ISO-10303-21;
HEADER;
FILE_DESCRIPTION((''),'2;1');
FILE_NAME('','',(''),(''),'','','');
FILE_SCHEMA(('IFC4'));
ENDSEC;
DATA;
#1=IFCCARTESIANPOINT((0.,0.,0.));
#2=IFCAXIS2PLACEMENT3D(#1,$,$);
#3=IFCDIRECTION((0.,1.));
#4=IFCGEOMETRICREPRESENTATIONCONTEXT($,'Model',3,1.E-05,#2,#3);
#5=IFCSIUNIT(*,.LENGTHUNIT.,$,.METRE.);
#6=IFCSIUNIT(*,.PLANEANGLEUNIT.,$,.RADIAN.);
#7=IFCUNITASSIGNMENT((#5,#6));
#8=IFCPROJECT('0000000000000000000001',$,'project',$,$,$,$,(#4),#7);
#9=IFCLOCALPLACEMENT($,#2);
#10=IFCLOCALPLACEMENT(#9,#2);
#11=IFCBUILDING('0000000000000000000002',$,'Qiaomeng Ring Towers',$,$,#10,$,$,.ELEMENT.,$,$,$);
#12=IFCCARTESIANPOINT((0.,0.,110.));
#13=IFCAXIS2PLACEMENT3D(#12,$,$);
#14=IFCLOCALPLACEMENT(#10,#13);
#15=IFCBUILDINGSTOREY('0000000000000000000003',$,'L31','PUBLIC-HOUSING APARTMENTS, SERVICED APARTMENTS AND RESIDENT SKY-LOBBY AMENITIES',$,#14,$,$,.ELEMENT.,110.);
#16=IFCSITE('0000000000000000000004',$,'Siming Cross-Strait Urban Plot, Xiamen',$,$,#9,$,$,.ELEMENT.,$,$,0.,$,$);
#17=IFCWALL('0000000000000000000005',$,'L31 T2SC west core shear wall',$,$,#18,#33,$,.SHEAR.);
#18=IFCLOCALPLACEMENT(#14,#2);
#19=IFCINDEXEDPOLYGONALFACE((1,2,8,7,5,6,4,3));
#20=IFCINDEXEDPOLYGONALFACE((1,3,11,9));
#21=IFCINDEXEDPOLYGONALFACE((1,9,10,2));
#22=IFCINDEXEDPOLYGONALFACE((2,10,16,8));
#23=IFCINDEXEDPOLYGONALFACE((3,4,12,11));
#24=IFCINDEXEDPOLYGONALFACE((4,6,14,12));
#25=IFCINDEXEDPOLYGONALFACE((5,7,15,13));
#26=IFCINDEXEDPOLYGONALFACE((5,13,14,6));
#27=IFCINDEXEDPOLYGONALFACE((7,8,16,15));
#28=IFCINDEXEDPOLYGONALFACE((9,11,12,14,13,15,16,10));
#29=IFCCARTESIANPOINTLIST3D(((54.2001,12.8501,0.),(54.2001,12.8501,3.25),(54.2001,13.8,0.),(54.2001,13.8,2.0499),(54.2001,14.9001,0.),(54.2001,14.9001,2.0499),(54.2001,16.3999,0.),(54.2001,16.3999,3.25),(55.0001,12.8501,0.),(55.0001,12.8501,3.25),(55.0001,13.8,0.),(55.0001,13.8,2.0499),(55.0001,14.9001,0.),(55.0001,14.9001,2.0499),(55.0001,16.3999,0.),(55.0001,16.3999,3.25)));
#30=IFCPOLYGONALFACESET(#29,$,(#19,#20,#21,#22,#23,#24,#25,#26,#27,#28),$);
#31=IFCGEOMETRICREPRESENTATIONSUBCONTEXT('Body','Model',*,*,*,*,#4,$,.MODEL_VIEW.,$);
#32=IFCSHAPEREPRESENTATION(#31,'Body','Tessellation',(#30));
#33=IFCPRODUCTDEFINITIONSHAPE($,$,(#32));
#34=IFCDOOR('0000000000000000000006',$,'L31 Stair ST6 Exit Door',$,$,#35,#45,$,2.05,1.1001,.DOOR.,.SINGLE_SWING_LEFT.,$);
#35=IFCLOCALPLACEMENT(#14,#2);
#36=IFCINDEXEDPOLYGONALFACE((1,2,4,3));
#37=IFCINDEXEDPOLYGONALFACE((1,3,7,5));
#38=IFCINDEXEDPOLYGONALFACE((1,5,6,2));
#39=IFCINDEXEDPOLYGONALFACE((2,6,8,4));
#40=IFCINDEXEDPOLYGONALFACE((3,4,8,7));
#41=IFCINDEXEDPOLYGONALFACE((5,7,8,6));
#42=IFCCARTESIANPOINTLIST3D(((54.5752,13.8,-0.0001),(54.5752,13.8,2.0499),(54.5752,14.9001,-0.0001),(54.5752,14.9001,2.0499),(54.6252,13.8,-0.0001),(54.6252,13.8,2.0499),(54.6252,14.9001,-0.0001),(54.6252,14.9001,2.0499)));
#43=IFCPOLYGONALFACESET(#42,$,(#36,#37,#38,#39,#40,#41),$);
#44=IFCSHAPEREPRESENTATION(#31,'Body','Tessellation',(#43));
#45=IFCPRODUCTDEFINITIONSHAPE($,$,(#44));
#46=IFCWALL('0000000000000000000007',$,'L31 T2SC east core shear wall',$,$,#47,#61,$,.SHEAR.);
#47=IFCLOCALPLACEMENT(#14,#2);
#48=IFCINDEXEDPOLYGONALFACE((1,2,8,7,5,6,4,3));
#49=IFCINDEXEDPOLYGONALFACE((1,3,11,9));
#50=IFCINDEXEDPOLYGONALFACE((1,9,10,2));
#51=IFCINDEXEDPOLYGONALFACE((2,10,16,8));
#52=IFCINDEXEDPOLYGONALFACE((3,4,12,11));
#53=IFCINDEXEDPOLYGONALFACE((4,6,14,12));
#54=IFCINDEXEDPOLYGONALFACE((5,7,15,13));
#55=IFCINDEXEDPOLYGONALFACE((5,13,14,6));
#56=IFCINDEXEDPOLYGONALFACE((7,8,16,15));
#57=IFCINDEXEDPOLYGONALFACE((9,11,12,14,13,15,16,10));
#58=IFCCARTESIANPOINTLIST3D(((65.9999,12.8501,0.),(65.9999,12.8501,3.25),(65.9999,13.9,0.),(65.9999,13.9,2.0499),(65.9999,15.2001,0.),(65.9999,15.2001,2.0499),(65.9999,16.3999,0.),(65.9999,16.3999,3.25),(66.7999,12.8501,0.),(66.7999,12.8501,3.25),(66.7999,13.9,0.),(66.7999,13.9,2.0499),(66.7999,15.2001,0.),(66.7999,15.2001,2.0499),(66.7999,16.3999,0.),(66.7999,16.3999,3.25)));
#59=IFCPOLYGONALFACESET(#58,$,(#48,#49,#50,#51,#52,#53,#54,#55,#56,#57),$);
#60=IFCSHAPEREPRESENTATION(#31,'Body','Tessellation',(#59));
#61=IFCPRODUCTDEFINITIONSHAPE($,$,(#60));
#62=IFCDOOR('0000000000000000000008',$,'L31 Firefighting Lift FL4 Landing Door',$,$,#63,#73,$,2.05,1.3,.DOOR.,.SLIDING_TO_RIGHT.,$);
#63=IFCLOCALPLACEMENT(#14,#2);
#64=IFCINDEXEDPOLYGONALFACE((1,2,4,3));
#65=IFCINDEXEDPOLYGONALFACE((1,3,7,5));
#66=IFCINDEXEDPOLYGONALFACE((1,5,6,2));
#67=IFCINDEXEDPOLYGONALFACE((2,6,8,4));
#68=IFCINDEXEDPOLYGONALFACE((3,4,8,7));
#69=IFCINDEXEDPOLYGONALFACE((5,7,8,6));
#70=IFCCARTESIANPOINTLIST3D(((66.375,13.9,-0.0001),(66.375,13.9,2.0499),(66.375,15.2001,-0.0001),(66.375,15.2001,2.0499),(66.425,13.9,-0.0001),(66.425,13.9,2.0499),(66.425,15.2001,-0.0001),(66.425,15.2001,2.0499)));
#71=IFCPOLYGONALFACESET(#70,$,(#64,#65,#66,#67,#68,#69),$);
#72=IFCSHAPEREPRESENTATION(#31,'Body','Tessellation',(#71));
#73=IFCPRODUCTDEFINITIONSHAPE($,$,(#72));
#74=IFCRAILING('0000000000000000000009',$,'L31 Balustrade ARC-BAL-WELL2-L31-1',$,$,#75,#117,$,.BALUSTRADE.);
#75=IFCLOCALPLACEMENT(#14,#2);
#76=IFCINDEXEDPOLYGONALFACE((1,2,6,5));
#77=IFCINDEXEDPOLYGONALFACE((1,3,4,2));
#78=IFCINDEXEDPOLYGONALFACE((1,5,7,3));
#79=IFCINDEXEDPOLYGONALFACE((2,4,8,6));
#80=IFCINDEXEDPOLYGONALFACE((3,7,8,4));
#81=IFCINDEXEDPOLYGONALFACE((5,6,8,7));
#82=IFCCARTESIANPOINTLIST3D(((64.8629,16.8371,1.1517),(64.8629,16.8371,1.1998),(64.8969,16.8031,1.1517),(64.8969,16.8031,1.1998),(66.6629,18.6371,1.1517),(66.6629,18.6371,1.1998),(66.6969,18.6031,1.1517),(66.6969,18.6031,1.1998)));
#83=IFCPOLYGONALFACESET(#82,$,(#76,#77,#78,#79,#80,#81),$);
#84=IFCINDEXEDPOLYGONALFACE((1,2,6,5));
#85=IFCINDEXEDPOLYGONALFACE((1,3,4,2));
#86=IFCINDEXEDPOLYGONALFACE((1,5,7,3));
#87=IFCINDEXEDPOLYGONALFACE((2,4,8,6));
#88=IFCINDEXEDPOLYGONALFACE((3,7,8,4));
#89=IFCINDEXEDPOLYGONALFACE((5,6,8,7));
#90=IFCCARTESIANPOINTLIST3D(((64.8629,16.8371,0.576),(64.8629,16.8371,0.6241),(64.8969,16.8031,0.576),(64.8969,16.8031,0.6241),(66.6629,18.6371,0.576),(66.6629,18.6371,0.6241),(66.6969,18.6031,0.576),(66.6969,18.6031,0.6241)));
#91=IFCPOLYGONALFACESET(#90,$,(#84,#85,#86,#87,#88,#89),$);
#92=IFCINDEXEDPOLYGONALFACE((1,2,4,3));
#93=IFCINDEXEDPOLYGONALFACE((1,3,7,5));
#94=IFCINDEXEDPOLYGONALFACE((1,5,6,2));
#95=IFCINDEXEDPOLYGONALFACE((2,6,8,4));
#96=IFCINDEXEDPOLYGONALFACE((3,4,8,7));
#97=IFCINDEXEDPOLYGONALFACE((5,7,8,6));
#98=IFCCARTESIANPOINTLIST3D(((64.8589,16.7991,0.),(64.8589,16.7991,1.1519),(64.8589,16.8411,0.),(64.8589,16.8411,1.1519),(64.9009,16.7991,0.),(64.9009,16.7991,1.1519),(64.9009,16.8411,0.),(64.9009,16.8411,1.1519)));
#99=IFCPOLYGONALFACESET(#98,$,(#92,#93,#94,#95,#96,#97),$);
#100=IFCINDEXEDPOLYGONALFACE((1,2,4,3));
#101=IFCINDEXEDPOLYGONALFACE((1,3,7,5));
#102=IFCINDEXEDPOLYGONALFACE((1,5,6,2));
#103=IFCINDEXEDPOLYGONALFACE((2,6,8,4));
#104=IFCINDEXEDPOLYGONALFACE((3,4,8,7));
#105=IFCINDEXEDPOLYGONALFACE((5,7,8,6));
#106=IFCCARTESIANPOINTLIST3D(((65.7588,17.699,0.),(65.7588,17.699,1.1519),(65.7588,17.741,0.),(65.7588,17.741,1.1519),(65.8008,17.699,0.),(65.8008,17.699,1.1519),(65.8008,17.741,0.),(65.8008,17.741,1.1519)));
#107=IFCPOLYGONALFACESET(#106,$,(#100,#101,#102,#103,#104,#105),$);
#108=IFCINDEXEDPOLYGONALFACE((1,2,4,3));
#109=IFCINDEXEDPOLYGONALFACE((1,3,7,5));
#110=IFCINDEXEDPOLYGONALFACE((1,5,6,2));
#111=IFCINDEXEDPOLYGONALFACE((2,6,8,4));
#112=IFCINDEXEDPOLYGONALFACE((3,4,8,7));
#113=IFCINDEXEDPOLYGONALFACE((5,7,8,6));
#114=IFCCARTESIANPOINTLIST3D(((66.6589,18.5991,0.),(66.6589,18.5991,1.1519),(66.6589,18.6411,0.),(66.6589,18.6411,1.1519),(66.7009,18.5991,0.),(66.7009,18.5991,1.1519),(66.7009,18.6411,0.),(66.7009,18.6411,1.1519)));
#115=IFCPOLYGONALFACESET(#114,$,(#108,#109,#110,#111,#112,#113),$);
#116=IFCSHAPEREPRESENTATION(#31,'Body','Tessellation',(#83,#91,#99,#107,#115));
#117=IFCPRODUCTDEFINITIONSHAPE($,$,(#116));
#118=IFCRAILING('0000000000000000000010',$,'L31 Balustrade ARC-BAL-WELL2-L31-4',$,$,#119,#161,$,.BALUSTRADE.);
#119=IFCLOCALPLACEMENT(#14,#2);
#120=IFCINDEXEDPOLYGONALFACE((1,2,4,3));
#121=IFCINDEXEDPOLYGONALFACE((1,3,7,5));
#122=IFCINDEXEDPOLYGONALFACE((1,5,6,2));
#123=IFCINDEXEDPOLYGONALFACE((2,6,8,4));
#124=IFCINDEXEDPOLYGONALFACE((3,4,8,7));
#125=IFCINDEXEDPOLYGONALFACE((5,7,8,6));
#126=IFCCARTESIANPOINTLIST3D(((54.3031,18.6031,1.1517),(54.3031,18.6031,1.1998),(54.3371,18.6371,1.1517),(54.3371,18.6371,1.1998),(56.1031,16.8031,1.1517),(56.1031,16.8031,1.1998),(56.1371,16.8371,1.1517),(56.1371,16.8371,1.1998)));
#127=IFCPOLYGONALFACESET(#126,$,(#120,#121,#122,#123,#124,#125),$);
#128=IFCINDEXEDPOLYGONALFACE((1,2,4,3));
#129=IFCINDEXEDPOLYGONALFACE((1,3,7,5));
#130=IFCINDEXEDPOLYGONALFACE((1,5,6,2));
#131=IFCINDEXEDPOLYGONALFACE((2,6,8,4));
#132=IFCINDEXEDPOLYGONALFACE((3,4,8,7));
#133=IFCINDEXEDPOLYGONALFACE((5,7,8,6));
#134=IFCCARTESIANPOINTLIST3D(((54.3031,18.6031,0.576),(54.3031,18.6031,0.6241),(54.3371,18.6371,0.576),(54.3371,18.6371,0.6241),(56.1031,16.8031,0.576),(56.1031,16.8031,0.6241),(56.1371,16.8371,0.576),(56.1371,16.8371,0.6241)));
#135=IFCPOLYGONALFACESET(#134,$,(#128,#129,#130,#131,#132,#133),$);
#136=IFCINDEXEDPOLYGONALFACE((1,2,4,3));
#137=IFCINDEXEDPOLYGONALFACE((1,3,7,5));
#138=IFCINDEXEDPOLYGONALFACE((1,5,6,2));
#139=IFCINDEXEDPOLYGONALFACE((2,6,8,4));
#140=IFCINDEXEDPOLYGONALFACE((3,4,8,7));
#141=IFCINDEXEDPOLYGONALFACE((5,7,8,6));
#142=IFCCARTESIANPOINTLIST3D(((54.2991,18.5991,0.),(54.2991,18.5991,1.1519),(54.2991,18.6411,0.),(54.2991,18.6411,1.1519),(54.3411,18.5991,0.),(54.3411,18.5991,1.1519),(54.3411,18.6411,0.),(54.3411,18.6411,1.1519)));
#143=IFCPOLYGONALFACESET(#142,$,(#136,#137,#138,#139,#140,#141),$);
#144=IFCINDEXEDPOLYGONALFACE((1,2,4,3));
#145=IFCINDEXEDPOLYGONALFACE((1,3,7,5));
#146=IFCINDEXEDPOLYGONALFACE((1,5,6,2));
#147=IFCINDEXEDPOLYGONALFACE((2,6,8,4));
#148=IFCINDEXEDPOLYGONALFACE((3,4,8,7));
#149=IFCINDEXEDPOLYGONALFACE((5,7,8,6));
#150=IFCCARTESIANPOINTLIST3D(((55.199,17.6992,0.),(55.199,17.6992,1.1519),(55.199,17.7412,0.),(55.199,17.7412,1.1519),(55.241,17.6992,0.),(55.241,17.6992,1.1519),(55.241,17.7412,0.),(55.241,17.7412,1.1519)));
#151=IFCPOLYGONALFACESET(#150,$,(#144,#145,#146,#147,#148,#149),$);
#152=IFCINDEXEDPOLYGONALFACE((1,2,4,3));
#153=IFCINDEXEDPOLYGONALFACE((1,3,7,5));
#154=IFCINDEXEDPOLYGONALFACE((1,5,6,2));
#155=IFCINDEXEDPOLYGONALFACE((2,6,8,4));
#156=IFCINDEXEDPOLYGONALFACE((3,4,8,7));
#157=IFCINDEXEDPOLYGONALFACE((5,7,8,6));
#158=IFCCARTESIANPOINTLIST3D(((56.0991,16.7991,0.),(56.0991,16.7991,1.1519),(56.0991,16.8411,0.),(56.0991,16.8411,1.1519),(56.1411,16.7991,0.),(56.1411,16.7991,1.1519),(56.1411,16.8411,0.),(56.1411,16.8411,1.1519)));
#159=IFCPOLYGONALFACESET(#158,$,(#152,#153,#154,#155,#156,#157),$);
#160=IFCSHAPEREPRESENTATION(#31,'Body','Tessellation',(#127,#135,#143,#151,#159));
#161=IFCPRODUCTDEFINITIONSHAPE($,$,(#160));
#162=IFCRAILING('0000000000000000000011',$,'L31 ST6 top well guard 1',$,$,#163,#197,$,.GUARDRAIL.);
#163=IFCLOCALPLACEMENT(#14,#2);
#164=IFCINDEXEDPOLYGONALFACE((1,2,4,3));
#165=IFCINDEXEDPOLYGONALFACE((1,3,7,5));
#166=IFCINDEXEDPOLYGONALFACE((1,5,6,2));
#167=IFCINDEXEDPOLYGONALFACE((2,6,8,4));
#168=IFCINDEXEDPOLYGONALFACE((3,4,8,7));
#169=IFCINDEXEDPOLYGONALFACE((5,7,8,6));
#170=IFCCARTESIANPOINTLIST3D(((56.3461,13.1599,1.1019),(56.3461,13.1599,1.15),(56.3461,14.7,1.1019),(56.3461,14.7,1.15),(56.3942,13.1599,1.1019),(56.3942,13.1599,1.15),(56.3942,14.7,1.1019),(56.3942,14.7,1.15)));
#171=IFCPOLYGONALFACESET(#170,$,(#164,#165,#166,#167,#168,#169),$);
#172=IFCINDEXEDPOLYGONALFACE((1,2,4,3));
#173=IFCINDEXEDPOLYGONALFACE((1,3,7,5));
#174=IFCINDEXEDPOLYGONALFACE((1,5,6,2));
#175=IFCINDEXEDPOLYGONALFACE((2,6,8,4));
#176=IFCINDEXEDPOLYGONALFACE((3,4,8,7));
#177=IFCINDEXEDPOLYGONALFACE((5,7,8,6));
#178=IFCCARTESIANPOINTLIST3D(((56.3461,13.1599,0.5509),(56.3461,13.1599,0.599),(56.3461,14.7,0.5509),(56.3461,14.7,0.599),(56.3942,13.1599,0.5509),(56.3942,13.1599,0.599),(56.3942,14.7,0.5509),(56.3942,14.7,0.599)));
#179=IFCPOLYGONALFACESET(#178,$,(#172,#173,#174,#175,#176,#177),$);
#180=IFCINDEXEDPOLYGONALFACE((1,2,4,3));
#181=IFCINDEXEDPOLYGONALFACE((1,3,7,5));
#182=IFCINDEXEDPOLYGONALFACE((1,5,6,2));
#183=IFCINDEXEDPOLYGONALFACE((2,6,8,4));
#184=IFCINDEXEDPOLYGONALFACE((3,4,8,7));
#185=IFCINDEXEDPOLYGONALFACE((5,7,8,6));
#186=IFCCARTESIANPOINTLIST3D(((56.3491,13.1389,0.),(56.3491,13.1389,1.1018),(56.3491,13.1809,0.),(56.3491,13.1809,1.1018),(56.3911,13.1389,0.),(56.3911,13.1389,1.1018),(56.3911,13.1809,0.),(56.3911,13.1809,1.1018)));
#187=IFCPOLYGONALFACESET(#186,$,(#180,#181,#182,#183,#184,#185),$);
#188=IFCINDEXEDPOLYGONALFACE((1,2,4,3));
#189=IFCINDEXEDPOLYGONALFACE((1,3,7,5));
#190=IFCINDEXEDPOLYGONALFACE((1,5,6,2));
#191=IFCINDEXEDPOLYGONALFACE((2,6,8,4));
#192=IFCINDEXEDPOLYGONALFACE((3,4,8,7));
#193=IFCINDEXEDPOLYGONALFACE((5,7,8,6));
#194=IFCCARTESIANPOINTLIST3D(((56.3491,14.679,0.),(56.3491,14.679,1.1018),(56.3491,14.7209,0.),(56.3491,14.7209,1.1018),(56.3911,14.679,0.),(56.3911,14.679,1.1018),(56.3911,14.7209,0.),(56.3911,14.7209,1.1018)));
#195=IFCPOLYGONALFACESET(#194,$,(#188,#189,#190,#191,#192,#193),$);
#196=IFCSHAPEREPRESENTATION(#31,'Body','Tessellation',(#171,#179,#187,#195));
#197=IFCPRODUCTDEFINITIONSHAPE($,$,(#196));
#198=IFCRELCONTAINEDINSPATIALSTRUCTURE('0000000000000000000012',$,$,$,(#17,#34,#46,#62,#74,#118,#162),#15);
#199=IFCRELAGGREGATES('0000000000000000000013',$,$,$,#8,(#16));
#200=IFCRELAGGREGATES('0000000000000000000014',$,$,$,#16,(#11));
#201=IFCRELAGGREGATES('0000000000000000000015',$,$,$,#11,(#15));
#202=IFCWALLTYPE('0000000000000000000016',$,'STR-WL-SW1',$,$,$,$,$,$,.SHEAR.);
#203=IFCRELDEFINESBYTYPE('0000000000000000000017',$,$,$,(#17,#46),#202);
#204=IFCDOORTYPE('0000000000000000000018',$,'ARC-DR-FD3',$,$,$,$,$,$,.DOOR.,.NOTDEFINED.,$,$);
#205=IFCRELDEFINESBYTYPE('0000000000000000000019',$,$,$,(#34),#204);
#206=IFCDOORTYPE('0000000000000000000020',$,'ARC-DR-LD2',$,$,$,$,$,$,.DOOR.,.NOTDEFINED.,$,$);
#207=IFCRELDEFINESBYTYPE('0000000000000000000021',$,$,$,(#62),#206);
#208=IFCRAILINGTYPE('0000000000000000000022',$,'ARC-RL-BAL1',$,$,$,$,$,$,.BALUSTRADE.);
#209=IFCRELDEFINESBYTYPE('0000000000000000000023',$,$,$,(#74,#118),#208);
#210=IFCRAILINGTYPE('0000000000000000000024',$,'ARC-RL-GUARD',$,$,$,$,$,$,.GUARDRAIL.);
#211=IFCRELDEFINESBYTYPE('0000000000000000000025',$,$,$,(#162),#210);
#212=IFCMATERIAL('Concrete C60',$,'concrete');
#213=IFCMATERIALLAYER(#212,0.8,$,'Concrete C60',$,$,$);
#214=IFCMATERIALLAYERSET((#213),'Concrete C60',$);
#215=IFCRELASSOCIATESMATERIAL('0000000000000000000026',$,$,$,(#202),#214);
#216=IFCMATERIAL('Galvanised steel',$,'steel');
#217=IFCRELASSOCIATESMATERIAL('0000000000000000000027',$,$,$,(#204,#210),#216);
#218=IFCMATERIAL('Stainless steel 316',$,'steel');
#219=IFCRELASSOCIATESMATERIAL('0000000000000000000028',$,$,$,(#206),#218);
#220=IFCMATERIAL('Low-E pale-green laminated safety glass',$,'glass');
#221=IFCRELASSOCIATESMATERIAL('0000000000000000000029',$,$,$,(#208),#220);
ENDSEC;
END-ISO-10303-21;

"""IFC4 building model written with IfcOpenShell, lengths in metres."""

from ifc_helpers import new_model, si_unit, direction, frame, frame_2d, origin, origin_2d, place, context, subcontext, project, spatial, rectangle, extrude, source, transform, mapped, material, layer, layer_set, type_object, element, fill, save


model = new_model("IFC4")

# Units and contexts
model_context = context("Model", 3, precision=1e-05, world=origin(), true_north=direction((0.0, 1.0)))
body_context = subcontext(model_context, "Body", "Model", "MODEL_VIEW")
ifc_project = project(units=[si_unit("LENGTHUNIT", "METRE"), si_unit("PLANEANGLEUNIT", "RADIAN")], contexts=[model_context])

# Site, building, storey
site_placement = place(None, origin())
site = spatial("IfcSite", under=ifc_project, at=site_placement, Name="Siming Cross-Strait Urban Plot, Xiamen", CompositionType="ELEMENT", RefElevation=0.0)
building_placement = place(site_placement, origin())
building = spatial("IfcBuilding", under=site, at=building_placement, Name="Qiaomeng Ring Towers", CompositionType="ELEMENT")
storey_placement = place(building_placement, frame((0.0, 0.0, 110.0)))
storey = spatial("IfcBuildingStorey", under=building, at=storey_placement, Name="L31", Description="PUBLIC-HOUSING APARTMENTS, SERVICED APARTMENTS AND RESIDENT SKY-LOBBY AMENITIES", CompositionType="ELEMENT", Elevation=110.0)

# Shared definitions
ifc_material_1 = material(Name="Concrete C60", Category="concrete")
ifc_layer_1 = layer(ifc_material_1, 0.8, Name="Concrete C60")
ifc_layer_set_1 = layer_set([ifc_layer_1], Name="Concrete C60")
wall_type_1 = type_object("IfcWallType", Name="STR-WL-SW1", PredefinedType="SHEAR", material=ifc_layer_set_1)
ifc_material_2 = material(Name="Stainless steel 316", Category="steel")
shared_shape_1 = source(origin(), body_context, "Body", "SweptSolid", [
    extrude(rectangle(XDim=1.1001, YDim=2.05, at=frame_2d((0.55, 1.0249))), frame((0.0, 0.0249, 0.0), z_axis=(0.0, -1.0, 0.0), x_axis=(1.0, 0.0, 0.0)), (0.0, 0.0, 1.0), 0.05),
])

# Walls, openings, doors
wall_1_placement = place(storey_placement, frame((54.6001, 12.8501, 0.0), z_axis=(0.0, 0.0, 1.0), x_axis=(0.0, 1.0, 0.0)))
wall_1 = element("IfcWall", 1, at=wall_1_placement, inside=storey, type_object=wall_type_1, Name="L31 T2SC west core shear wall", PredefinedType="SHEAR", context=body_context, shape_type="SweptSolid", body=[
    extrude(rectangle(XDim=3.5498, YDim=0.8, at=frame_2d((1.7749, 0.0))), origin(), (0.0, 0.0, 1.0), 3.25),
])
opening_1_placement = place(wall_1_placement, frame((0.95, 0.0, 0.0)))
opening_1 = element("IfcOpeningElement", 2, at=opening_1_placement, cuts=wall_1, PredefinedType="OPENING", context=body_context, shape_type="SweptSolid", body=[
    extrude(rectangle(XDim=1.1001, YDim=2.05, at=frame_2d((0.55, 1.0249))), frame((0.0, 0.4099, 0.0), z_axis=(0.0, -1.0, 0.0), x_axis=(1.0, 0.0, 0.0)), (0.0, 0.0, 1.0), 0.8201),
])
ifc_material_3 = material(Name="Galvanised steel", Category="steel")
door_type_1 = type_object("IfcDoorType", Name="ARC-DR-FD3", OperationType="NOTDEFINED", PredefinedType="DOOR", material=ifc_material_3)
door_1_placement = place(opening_1_placement, origin())
door_1 = element("IfcDoor", 3, at=door_1_placement, inside=storey, type_object=door_type_1, Name="L31 Stair ST6 Exit Door", OperationType="SINGLE_SWING_LEFT", OverallHeight=2.05, OverallWidth=1.1001, PredefinedType="DOOR", context=body_context, shape_type="MappedRepresentation", body=[
    mapped(shared_shape_1, transform((0.0, 0.0, 0.0), x_axis=(1.0, 0.0, 0.0), y_axis=(0.0, 1.0, 0.0), z_axis=(0.0, 0.0, 1.0), scale=1.0)),
])
fill(opening_1, door_1)
wall_2_placement = place(storey_placement, frame((66.3999, 12.8501, 0.0), z_axis=(0.0, 0.0, 1.0), x_axis=(0.0, 1.0, 0.0)))
wall_2 = element("IfcWall", 4, at=wall_2_placement, inside=storey, type_object=wall_type_1, Name="L31 T2SC east core shear wall", PredefinedType="SHEAR", context=body_context, shape_type="SweptSolid", body=[
    extrude(rectangle(XDim=3.5498, YDim=0.8, at=frame_2d((1.7749, 0.0))), origin(), (0.0, 0.0, 1.0), 3.25),
])
opening_2_placement = place(wall_2_placement, frame((1.05, 0.0, 0.0)))
opening_2 = element("IfcOpeningElement", 5, at=opening_2_placement, cuts=wall_2, PredefinedType="OPENING", context=body_context, shape_type="SweptSolid", body=[
    extrude(rectangle(XDim=1.3, YDim=2.05, at=frame_2d((0.6499, 1.0249))), frame((0.0, 0.4099, 0.0), z_axis=(0.0, -1.0, 0.0), x_axis=(1.0, 0.0, 0.0)), (0.0, 0.0, 1.0), 0.8201),
])
door_type_2 = type_object("IfcDoorType", Name="ARC-DR-LD2", OperationType="NOTDEFINED", PredefinedType="DOOR", material=ifc_material_2)
shared_shape_2 = source(origin(), body_context, "Body", "SweptSolid", [
    extrude(rectangle(XDim=1.3, YDim=2.05, at=frame_2d((0.6499, 1.0249))), frame((0.0, 0.0249, 0.0), z_axis=(0.0, -1.0, 0.0), x_axis=(1.0, 0.0, 0.0)), (0.0, 0.0, 1.0), 0.05),
])
door_2_placement = place(opening_2_placement, origin())
door_2 = element("IfcDoor", 6, at=door_2_placement, inside=storey, type_object=door_type_2, Name="L31 Firefighting Lift FL4 Landing Door", OperationType="SLIDING_TO_RIGHT", OverallHeight=2.05, OverallWidth=1.3, PredefinedType="DOOR", context=body_context, shape_type="MappedRepresentation", body=[
    mapped(shared_shape_2, transform((0.0, 0.0, 0.0), x_axis=(1.0, 0.0, 0.0), y_axis=(0.0, 1.0, 0.0), z_axis=(0.0, 0.0, 1.0), scale=1.0)),
])
fill(opening_2, door_2)

# Railings
ifc_material_4 = material(Name="Low-E pale-green laminated safety glass", Category="glass")
railing_type_1 = type_object("IfcRailingType", Name="ARC-RL-BAL1", PredefinedType="BALUSTRADE", material=ifc_material_4)
railing_1_placement = place(storey_placement, frame((64.8799, 16.8201, 0.0)))
element("IfcRailing", 7, at=railing_1_placement, inside=storey, type_object=railing_type_1, Name="L31 Balustrade ARC-BAL-WELL2-L31-1", PredefinedType="BALUSTRADE", context=body_context, shape_type="SweptSolid", body=[
    extrude(rectangle(XDim=0.0481, YDim=0.0481, at=origin_2d()), frame((0.0, 0.0, 1.1758), z_axis=(0.707107, 0.707107, 0.0), x_axis=(-0.707107, 0.707107, 0.0)), (0.0, 0.0, 1.0), 2.5457),
    extrude(rectangle(XDim=0.0481, YDim=0.0481, at=origin_2d()), frame((0.0, 0.0, 0.6001), z_axis=(0.707107, 0.707107, 0.0), x_axis=(-0.707107, 0.707107, 0.0)), (0.0, 0.0, 1.0), 2.5457),
    extrude(rectangle(XDim=0.042, YDim=0.042, at=origin_2d()), origin(), (0.0, 0.0, 1.0), 1.1519),
    extrude(rectangle(XDim=0.042, YDim=0.042, at=origin_2d()), frame((0.8999, 0.8999, 0.0)), (0.0, 0.0, 1.0), 1.1519),
    extrude(rectangle(XDim=0.042, YDim=0.042, at=origin_2d()), frame((1.8, 1.8, 0.0)), (0.0, 0.0, 1.0), 1.1519),
])
railing_2_placement = place(storey_placement, frame((54.3201, 18.6201, 0.0)))
element("IfcRailing", 8, at=railing_2_placement, inside=storey, type_object=railing_type_1, Name="L31 Balustrade ARC-BAL-WELL2-L31-4", PredefinedType="BALUSTRADE", context=body_context, shape_type="SweptSolid", body=[
    extrude(rectangle(XDim=0.0481, YDim=0.0481, at=origin_2d()), frame((0.0, 0.0, 1.1758), z_axis=(0.707107, -0.707107, 0.0), x_axis=(0.707107, 0.707107, 0.0)), (0.0, 0.0, 1.0), 2.5457),
    extrude(rectangle(XDim=0.0481, YDim=0.0481, at=origin_2d()), frame((0.0, 0.0, 0.6001), z_axis=(0.707107, -0.707107, 0.0), x_axis=(0.707107, 0.707107, 0.0)), (0.0, 0.0, 1.0), 2.5457),
    extrude(rectangle(XDim=0.042, YDim=0.042, at=origin_2d()), origin(), (0.0, 0.0, 1.0), 1.1519),
    extrude(rectangle(XDim=0.042, YDim=0.042, at=origin_2d()), frame((0.8999, -0.8999, 0.0)), (0.0, 0.0, 1.0), 1.1519),
    extrude(rectangle(XDim=0.042, YDim=0.042, at=origin_2d()), frame((1.8, -1.8, 0.0)), (0.0, 0.0, 1.0), 1.1519),
])
railing_type_2 = type_object("IfcRailingType", Name="ARC-RL-GUARD", PredefinedType="GUARDRAIL", material=ifc_material_3)
railing_3_placement = place(storey_placement, frame((56.3701, 13.1599, 0.0)))
element("IfcRailing", 9, at=railing_3_placement, inside=storey, type_object=railing_type_2, Name="L31 ST6 top well guard 1", PredefinedType="GUARDRAIL", context=body_context, shape_type="SweptSolid", body=[
    extrude(rectangle(XDim=0.0481, YDim=0.0481, at=origin_2d()), frame((0.0, 0.0, 1.126), z_axis=(0.0, 1.0, 0.0), x_axis=(-1.0, 0.0, 0.0)), (0.0, 0.0, 1.0), 1.54),
    extrude(rectangle(XDim=0.0481, YDim=0.0481, at=origin_2d()), frame((0.0, 0.0, 0.575), z_axis=(0.0, 1.0, 0.0), x_axis=(-1.0, 0.0, 0.0)), (0.0, 0.0, 1.0), 1.54),
    extrude(rectangle(XDim=0.042, YDim=0.042, at=origin_2d()), origin(), (0.0, 0.0, 1.0), 1.1018),
    extrude(rectangle(XDim=0.042, YDim=0.042, at=origin_2d()), frame((0.0, 1.54, 0.0)), (0.0, 0.0, 1.0), 1.1018),
])

save(model, "model.ifc")
